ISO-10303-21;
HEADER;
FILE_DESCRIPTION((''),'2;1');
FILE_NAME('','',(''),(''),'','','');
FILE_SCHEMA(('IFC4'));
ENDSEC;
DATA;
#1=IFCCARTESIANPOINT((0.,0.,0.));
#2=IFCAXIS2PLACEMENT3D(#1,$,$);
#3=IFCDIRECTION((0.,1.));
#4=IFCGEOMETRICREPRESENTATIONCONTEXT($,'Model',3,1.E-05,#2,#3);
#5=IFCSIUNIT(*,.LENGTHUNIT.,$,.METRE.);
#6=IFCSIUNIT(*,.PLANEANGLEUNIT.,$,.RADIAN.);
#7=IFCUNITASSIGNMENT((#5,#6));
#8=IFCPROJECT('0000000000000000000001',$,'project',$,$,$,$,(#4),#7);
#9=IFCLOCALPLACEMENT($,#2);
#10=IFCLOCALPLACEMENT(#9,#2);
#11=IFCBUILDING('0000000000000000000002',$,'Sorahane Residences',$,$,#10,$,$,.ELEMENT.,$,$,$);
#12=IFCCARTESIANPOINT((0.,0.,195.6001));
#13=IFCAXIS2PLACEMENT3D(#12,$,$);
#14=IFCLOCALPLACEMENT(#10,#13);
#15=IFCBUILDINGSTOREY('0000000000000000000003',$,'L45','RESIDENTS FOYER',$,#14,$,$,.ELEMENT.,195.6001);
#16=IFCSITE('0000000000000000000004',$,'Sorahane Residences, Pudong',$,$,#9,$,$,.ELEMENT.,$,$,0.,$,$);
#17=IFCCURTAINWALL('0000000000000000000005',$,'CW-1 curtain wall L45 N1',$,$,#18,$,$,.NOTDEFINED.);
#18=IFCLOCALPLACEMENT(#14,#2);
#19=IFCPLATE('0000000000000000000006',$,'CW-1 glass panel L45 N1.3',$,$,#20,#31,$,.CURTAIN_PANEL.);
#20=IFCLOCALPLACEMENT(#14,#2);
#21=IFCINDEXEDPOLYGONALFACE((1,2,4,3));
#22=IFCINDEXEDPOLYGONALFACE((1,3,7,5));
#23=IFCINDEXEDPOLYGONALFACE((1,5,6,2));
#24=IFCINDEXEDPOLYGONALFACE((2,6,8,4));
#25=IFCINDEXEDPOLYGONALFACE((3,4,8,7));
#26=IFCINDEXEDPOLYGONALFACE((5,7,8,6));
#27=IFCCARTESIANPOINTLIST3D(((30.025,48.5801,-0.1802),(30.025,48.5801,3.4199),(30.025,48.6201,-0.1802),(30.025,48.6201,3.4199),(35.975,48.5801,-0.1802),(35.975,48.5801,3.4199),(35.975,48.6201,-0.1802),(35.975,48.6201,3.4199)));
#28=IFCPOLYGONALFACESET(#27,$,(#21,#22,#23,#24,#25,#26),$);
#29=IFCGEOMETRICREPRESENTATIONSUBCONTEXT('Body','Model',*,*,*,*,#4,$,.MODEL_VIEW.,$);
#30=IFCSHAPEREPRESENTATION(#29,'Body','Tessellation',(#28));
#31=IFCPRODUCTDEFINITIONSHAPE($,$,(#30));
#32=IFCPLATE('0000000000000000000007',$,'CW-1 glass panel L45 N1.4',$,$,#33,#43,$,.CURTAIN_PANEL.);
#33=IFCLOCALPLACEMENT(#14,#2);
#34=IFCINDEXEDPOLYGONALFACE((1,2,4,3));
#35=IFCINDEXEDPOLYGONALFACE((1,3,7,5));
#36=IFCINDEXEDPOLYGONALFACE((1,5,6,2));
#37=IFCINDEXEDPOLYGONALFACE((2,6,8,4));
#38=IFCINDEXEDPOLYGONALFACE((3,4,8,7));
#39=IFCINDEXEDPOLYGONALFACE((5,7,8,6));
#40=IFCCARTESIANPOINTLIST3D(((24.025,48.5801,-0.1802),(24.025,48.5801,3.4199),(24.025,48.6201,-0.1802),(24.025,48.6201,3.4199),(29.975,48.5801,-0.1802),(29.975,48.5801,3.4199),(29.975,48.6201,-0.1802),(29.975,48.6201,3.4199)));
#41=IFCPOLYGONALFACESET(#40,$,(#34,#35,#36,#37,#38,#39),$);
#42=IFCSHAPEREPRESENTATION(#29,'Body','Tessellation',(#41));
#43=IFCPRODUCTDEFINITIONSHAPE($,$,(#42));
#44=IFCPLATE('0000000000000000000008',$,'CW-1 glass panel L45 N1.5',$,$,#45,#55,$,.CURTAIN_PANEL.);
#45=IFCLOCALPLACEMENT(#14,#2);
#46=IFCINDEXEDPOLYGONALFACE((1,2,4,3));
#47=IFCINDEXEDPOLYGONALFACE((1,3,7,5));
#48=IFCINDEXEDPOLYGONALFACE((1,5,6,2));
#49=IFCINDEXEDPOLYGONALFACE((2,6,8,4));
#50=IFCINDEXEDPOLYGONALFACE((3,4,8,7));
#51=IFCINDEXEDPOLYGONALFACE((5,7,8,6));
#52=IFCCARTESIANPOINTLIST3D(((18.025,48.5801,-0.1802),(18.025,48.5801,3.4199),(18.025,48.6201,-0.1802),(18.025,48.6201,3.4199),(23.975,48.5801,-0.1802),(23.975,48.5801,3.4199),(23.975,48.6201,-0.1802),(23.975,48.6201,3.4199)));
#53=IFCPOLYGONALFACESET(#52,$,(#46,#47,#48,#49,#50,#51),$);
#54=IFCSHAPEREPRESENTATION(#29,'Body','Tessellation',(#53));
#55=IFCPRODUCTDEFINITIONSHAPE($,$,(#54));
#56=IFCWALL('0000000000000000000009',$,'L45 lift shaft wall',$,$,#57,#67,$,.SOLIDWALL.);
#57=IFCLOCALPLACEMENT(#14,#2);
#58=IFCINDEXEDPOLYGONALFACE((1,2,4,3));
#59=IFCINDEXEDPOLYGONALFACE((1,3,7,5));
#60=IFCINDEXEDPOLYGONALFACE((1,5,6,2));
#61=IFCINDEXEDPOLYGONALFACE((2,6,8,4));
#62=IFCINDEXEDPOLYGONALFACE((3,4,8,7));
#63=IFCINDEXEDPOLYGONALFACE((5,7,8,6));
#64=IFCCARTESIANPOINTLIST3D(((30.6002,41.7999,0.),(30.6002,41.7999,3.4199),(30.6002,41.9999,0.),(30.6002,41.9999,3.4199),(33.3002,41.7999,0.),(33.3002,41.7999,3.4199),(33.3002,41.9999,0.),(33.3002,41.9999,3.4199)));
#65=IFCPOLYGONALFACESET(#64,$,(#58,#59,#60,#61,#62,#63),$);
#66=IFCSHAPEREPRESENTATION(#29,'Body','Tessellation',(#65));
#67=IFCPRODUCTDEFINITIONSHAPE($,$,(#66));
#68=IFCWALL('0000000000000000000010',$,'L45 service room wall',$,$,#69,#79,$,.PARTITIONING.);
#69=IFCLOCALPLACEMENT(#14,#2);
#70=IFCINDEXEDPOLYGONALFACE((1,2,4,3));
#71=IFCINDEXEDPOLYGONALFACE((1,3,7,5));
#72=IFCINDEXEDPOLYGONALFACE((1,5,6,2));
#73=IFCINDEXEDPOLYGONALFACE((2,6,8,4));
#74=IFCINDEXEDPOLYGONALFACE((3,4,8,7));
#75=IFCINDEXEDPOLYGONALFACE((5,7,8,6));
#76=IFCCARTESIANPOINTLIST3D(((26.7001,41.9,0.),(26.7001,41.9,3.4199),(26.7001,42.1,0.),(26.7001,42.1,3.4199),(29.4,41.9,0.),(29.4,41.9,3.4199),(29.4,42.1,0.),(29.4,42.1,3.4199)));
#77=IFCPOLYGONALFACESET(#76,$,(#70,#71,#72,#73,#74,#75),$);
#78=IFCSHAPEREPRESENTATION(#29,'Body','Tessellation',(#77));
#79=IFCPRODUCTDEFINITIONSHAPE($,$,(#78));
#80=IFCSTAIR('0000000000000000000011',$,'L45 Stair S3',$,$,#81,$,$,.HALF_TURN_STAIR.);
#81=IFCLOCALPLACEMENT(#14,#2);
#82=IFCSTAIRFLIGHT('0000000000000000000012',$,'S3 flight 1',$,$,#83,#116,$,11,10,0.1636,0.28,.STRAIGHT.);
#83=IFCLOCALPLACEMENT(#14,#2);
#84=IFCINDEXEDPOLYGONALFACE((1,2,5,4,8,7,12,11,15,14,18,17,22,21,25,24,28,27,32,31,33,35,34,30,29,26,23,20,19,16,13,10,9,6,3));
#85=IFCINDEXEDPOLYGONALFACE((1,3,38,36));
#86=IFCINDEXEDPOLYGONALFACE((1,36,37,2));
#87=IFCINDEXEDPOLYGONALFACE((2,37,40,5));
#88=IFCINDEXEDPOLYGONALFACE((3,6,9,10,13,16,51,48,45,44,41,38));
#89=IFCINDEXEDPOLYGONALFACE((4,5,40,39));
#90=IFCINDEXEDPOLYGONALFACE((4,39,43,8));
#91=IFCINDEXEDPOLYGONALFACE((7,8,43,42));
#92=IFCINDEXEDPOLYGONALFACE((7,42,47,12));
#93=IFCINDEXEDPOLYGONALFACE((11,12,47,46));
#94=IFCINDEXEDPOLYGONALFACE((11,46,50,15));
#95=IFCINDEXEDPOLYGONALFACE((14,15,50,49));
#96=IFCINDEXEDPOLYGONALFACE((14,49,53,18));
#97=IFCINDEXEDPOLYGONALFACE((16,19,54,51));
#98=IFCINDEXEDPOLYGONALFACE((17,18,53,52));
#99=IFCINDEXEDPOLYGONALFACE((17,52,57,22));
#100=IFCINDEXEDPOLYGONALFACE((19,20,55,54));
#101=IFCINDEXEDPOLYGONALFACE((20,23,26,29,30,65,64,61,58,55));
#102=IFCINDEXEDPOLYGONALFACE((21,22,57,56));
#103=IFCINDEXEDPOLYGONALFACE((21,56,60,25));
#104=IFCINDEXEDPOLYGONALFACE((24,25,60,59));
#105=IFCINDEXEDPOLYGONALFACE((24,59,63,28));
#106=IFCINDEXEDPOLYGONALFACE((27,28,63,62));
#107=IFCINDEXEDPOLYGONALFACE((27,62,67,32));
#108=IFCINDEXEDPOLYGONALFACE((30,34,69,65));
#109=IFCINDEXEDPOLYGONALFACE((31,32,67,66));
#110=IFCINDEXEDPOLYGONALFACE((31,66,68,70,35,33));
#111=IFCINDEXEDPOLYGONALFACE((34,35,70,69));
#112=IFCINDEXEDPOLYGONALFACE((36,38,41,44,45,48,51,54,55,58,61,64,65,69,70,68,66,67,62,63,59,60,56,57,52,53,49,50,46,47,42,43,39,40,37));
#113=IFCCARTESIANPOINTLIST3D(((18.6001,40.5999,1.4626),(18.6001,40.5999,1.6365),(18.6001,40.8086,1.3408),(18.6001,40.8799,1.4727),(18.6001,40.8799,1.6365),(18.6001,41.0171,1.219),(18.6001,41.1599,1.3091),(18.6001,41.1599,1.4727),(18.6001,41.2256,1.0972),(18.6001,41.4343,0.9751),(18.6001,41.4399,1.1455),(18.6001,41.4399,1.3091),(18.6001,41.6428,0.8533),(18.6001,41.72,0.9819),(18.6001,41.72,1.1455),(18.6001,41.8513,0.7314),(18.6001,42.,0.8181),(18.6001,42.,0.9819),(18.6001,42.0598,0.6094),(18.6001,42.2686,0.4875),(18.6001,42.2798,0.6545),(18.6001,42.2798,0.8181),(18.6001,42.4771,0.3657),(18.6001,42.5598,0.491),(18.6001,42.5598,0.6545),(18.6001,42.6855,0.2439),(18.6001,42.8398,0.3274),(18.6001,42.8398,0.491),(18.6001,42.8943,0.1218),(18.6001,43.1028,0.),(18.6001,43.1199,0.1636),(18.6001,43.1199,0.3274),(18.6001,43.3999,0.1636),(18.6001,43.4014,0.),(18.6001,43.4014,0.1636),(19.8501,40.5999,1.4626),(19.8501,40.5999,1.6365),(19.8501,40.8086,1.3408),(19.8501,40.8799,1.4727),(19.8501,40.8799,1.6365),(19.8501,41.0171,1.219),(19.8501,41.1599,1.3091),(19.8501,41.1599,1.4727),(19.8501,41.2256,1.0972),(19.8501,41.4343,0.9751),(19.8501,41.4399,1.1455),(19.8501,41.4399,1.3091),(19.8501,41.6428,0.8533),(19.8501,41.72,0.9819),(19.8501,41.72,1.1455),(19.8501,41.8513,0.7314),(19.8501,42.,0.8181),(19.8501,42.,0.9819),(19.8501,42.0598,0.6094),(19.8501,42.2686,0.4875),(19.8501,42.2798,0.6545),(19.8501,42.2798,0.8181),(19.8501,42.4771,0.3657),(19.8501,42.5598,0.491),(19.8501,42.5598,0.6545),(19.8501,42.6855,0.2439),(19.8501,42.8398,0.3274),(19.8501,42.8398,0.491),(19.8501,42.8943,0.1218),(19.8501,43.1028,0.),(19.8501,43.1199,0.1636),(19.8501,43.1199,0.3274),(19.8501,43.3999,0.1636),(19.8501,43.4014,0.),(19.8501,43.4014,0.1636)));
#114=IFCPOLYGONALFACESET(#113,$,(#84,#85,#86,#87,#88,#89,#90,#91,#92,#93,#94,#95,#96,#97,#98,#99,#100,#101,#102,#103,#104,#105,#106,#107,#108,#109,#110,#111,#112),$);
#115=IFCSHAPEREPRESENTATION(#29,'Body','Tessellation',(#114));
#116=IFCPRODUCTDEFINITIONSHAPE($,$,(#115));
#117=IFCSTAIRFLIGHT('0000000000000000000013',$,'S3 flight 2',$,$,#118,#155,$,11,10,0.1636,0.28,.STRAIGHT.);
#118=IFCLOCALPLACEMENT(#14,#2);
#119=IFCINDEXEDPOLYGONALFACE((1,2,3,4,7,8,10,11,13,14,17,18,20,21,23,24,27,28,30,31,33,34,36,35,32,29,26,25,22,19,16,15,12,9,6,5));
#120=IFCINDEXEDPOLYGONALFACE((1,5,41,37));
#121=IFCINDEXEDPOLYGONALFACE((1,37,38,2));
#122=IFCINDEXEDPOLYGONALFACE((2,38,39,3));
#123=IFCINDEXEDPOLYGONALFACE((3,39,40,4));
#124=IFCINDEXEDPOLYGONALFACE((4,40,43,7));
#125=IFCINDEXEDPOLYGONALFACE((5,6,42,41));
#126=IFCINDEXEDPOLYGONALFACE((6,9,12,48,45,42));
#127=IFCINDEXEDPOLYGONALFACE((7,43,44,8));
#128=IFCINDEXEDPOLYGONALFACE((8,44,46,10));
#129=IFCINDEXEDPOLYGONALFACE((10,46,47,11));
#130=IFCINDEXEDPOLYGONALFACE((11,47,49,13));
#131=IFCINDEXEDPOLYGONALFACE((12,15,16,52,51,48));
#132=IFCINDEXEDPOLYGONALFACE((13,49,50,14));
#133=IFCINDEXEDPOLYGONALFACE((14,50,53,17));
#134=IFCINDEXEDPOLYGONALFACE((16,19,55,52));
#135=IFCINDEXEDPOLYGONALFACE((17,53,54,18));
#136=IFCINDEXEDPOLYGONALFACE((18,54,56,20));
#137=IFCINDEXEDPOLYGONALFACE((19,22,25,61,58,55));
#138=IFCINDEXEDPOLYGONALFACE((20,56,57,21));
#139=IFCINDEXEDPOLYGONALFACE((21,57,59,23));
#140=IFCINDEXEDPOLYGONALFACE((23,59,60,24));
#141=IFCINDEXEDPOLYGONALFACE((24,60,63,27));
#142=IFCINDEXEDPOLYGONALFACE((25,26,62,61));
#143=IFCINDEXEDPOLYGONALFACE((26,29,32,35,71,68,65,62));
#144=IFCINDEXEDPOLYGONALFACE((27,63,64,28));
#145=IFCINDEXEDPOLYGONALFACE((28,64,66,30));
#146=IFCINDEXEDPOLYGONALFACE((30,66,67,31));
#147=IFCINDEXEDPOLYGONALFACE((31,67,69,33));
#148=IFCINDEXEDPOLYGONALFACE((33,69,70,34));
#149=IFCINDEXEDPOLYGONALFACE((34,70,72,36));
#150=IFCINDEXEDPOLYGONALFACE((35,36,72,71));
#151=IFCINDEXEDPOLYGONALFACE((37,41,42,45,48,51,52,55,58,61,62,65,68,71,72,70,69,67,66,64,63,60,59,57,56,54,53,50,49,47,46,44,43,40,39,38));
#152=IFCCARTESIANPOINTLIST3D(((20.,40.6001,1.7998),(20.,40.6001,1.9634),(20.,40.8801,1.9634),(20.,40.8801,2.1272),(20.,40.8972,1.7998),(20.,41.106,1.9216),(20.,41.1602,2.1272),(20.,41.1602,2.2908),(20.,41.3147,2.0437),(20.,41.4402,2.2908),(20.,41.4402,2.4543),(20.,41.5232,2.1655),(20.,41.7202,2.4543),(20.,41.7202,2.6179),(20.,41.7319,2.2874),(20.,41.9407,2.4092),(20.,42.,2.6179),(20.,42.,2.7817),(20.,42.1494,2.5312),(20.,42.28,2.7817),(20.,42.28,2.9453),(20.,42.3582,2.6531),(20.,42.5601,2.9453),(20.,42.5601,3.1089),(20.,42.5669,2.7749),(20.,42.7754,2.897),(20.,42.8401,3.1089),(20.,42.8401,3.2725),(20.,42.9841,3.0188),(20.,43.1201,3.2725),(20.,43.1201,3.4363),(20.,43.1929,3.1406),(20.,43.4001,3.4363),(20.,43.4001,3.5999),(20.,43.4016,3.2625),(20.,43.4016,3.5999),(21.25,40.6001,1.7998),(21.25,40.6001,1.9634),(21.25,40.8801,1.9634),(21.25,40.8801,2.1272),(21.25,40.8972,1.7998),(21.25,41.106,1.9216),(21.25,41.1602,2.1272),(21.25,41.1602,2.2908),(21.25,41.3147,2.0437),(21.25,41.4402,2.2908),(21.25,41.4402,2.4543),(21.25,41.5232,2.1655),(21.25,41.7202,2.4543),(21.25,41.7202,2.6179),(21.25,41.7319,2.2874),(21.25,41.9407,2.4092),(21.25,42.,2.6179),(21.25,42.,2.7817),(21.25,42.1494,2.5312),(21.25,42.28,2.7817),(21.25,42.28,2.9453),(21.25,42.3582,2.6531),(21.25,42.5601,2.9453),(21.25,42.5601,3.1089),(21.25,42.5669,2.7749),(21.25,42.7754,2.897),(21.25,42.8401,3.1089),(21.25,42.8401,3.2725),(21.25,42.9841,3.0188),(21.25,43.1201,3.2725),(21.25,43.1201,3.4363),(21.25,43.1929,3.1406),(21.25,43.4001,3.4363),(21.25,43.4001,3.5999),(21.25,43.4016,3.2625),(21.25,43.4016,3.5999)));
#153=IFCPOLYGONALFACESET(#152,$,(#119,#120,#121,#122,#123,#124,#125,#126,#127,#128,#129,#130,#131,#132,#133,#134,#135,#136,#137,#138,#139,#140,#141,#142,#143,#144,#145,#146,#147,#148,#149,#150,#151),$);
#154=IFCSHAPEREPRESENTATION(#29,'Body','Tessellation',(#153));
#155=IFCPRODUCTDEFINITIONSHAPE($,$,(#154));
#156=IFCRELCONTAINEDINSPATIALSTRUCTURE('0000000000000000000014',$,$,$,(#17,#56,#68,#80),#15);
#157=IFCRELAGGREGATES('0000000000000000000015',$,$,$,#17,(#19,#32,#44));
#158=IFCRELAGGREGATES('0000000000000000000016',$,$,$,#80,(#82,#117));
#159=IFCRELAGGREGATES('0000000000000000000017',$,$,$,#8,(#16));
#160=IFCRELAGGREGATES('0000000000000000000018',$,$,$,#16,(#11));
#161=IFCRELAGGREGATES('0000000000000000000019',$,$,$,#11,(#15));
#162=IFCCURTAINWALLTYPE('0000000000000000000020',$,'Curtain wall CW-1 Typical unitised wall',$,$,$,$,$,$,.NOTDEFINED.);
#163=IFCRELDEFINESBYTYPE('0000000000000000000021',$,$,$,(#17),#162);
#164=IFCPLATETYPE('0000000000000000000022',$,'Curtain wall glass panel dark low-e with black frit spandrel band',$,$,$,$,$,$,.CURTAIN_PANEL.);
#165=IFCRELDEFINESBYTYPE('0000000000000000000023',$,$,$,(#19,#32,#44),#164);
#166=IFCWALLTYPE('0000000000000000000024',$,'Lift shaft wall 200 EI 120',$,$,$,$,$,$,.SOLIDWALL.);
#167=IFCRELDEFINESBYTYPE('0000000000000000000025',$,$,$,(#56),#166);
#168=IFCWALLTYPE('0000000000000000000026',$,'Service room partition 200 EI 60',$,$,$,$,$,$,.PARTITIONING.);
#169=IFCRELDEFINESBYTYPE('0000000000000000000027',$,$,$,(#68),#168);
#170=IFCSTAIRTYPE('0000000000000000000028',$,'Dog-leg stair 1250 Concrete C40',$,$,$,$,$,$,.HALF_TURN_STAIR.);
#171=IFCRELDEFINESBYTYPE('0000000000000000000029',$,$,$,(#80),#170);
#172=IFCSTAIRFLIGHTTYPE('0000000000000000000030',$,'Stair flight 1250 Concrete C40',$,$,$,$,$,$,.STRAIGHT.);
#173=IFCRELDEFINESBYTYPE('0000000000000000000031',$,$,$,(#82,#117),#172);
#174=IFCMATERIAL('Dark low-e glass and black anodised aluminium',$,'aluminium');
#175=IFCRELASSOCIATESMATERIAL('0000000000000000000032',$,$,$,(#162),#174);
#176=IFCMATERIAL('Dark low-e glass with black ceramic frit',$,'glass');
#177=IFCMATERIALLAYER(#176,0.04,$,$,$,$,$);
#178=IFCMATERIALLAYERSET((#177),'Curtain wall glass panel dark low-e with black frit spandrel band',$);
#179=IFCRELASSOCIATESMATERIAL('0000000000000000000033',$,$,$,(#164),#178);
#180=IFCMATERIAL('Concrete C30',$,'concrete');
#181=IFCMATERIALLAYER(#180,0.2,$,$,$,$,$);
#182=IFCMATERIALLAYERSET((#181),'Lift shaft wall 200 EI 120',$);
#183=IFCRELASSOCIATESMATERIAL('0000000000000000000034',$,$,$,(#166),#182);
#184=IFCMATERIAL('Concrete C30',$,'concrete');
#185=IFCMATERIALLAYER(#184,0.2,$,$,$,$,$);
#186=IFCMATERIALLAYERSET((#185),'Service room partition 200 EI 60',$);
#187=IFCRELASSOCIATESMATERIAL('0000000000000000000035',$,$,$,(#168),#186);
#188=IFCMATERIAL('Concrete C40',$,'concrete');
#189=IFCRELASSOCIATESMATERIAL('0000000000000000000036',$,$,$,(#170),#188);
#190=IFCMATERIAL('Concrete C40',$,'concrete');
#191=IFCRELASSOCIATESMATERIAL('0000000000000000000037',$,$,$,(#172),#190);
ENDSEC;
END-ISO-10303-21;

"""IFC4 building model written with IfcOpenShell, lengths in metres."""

from ifc_helpers import new_model, si_unit, direction, frame, frame_2d, origin, origin_2d, place, context, subcontext, project, spatial, polyline, rectangle, outline, extrude, material, layer, layer_set, type_object, element, aggregate, save


model = new_model("IFC4")

# Units and contexts
model_context = context("Model", 3, precision=1e-05, world=origin(), true_north=direction((0.0, 1.0)))
body_context = subcontext(model_context, "Body", "Model", "MODEL_VIEW")
ifc_project = project(units=[si_unit("LENGTHUNIT", "METRE"), si_unit("PLANEANGLEUNIT", "RADIAN")], contexts=[model_context])

# Site, building, storey
site_placement = place(None, origin())
site = spatial("IfcSite", under=ifc_project, at=site_placement, Name="Sorahane Residences, Pudong", CompositionType="ELEMENT", RefElevation=0.0)
building_placement = place(site_placement, origin())
building = spatial("IfcBuilding", under=site, at=building_placement, Name="Sorahane Residences", CompositionType="ELEMENT")
storey_placement = place(building_placement, frame((0.0, 0.0, 195.6001)))
storey = spatial("IfcBuildingStorey", under=building, at=storey_placement, Name="L45", Description="RESIDENTS FOYER", CompositionType="ELEMENT", Elevation=195.6001)

# Curtain wall
ifc_material_1 = material(Name="Dark low-e glass and black anodised aluminium", Category="aluminium")
curtain_wall_type = type_object("IfcCurtainWallType", Name="Curtain wall CW-1 Typical unitised wall", PredefinedType="NOTDEFINED", material=ifc_material_1)
curtain_wall_placement = place(storey_placement, origin())
curtain_wall = element("IfcCurtainWall", 1, at=curtain_wall_placement, inside=storey, type_object=curtain_wall_type, Name="CW-1 curtain wall L45 N1", PredefinedType="NOTDEFINED")

# Plates
ifc_material_2 = material(Name="Dark low-e glass with black ceramic frit", Category="glass")
ifc_layer_1 = layer(ifc_material_2, 0.04)
ifc_layer_set_1 = layer_set([ifc_layer_1], Name="Curtain wall glass panel dark low-e with black frit spandrel band")
plate_type = type_object("IfcPlateType", Name="Curtain wall glass panel dark low-e with black frit spandrel band", PredefinedType="CURTAIN_PANEL", material=ifc_layer_set_1)
plate_1_placement = place(storey_placement, frame((33.0, 48.6001, -0.1802), z_axis=(0.0, 0.0, 1.0), x_axis=(-1.0, 0.0, 0.0)))
plate_1 = element("IfcPlate", 2, at=plate_1_placement, type_object=plate_type, Name="CW-1 glass panel L45 N1.3", PredefinedType="CURTAIN_PANEL", context=body_context, shape_type="SweptSolid", body=[
    extrude(rectangle(XDim=5.95, YDim=0.04, at=origin_2d()), origin(), (0.0, 0.0, 1.0), 3.6001),
])
plate_2_placement = place(storey_placement, frame((27.0, 48.6001, -0.1802), z_axis=(0.0, 0.0, 1.0), x_axis=(-1.0, 0.0, 0.0)))
plate_2 = element("IfcPlate", 3, at=plate_2_placement, type_object=plate_type, Name="CW-1 glass panel L45 N1.4", PredefinedType="CURTAIN_PANEL", context=body_context, shape_type="SweptSolid", body=[
    extrude(rectangle(XDim=5.95, YDim=0.04, at=origin_2d()), origin(), (0.0, 0.0, 1.0), 3.6001),
])
plate_3_placement = place(storey_placement, frame((21.0, 48.6001, -0.1802), z_axis=(0.0, 0.0, 1.0), x_axis=(-1.0, 0.0, 0.0)))
plate_3 = element("IfcPlate", 4, at=plate_3_placement, type_object=plate_type, Name="CW-1 glass panel L45 N1.5", PredefinedType="CURTAIN_PANEL", context=body_context, shape_type="SweptSolid", body=[
    extrude(rectangle(XDim=5.95, YDim=0.04, at=origin_2d()), origin(), (0.0, 0.0, 1.0), 3.6001),
])
aggregate(curtain_wall, [plate_1, plate_2, plate_3])

# Walls
ifc_material_3 = material(Name="Concrete C30", Category="concrete")
ifc_layer_2 = layer(ifc_material_3, 0.2)
ifc_layer_set_2 = layer_set([ifc_layer_2], Name="Lift shaft wall 200 EI 120")
wall_type_1 = type_object("IfcWallType", Name="Lift shaft wall 200 EI 120", PredefinedType="SOLIDWALL", material=ifc_layer_set_2)
wall_1_placement = place(storey_placement, frame((30.6001, 41.8999, 0.0), z_axis=(0.0, 0.0, 1.0), x_axis=(1.0, 0.0, 0.0)))
element("IfcWall", 5, at=wall_1_placement, inside=storey, type_object=wall_type_1, Name="L45 lift shaft wall", PredefinedType="SOLIDWALL", context=body_context, shape_type="SweptSolid", body=[
    extrude(rectangle(XDim=2.7, YDim=0.2, at=frame_2d((1.3501, 0.0))), origin(), (0.0, 0.0, 1.0), 3.4199),
])
ifc_material_4 = material(Name="Concrete C30", Category="concrete")
ifc_layer_3 = layer(ifc_material_4, 0.2)
ifc_layer_set_3 = layer_set([ifc_layer_3], Name="Service room partition 200 EI 60")
wall_type_2 = type_object("IfcWallType", Name="Service room partition 200 EI 60", PredefinedType="PARTITIONING", material=ifc_layer_set_3)
wall_2_placement = place(storey_placement, frame((26.7, 42.0, 0.0), z_axis=(0.0, 0.0, 1.0), x_axis=(1.0, 0.0, 0.0)))
element("IfcWall", 6, at=wall_2_placement, inside=storey, type_object=wall_type_2, Name="L45 service room wall", PredefinedType="PARTITIONING", context=body_context, shape_type="SweptSolid", body=[
    extrude(rectangle(XDim=2.7, YDim=0.2, at=frame_2d((1.3501, 0.0))), origin(), (0.0, 0.0, 1.0), 3.4199),
])

# Stair, stair flights
ifc_material_5 = material(Name="Concrete C40", Category="concrete")
stair_type = type_object("IfcStairType", Name="Dog-leg stair 1250 Concrete C40", PredefinedType="HALF_TURN_STAIR", material=ifc_material_5)
stair_placement = place(storey_placement, origin())
stair = element("IfcStair", 7, at=stair_placement, inside=storey, type_object=stair_type, Name="L45 Stair S3", PredefinedType="HALF_TURN_STAIR")
ifc_material_6 = material(Name="Concrete C40", Category="concrete")
stair_flight_type = type_object("IfcStairFlightType", Name="Stair flight 1250 Concrete C40", PredefinedType="STRAIGHT", material=ifc_material_6)
stair_flight_1_placement = place(storey_placement, frame((19.2251, 43.3999, 0.0), z_axis=(0.0, 0.0, 1.0), x_axis=(0.0, -1.0, 0.0)))
stair_flight_1 = element("IfcStairFlight", 8, at=stair_flight_1_placement, type_object=stair_flight_type, Name="S3 flight 1", NumberOfRisers=11, NumberOfTreads=10, PredefinedType="STRAIGHT", RiserHeight=0.1636, TreadLength=0.28, context=body_context, shape_type="SweptSolid", body=[
    extrude(outline(polyline([(-0.0015, 0.0), (-0.0015, 0.1636), (0.0, 0.1636), (0.28, 0.1636), (0.28, 0.3274), (0.5601, 0.3274), (0.5601, 0.491), (0.8401, 0.491), (0.8401, 0.6545), (1.1201, 0.6545), (1.1201, 0.8181), (1.3999, 0.8181), (1.3999, 0.9819), (1.6799, 0.9819), (1.6799, 1.1455), (1.96, 1.1455), (1.96, 1.3091), (2.24, 1.3091), (2.24, 1.4727), (2.52, 1.4727), (2.52, 1.6365), (2.8, 1.6365), (2.8, 1.8), (2.8, 1.4626), (2.5913, 1.3408), (2.3828, 1.219), (2.1743, 1.0972), (1.9656, 0.9751), (1.7571, 0.8533), (1.5486, 0.7314), (1.3401, 0.6094), (1.1313, 0.4875), (0.9229, 0.3657), (0.7144, 0.2439), (0.5056, 0.1218), (0.2971, 0.0), (-0.0015, 0.0)])), frame((0.0, 0.625, 0.0), z_axis=(0.0, -1.0, 0.0), x_axis=(1.0, 0.0, 0.0)), (0.0, 0.0, 1.0), 1.25),
])
stair_flight_2_placement = place(storey_placement, frame((20.625, 40.6001, 1.7998), z_axis=(0.0, 0.0, 1.0), x_axis=(0.0, 1.0, 0.0)))
stair_flight_2 = element("IfcStairFlight", 9, at=stair_flight_2_placement, type_object=stair_flight_type, Name="S3 flight 2", NumberOfRisers=11, NumberOfTreads=10, PredefinedType="STRAIGHT", RiserHeight=0.1636, TreadLength=0.28, context=body_context, shape_type="SweptSolid", body=[
    extrude(outline(polyline([(0.0, 0.0), (0.0, 0.1636), (0.28, 0.1636), (0.28, 0.3274), (0.5601, 0.3274), (0.5601, 0.491), (0.8401, 0.491), (0.8401, 0.6545), (1.1201, 0.6545), (1.1201, 0.8181), (1.3999, 0.8181), (1.3999, 0.9819), (1.6799, 0.9819), (1.6799, 1.1455), (1.96, 1.1455), (1.96, 1.3091), (2.24, 1.3091), (2.24, 1.4727), (2.52, 1.4727), (2.52, 1.6365), (2.8, 1.6365), (2.8, 1.8), (2.8015, 1.8), (2.8015, 1.4626), (2.5928, 1.3408), (2.384, 1.219), (2.1753, 1.0972), (1.9668, 0.9751), (1.7581, 0.8533), (1.5493, 0.7314), (1.3406, 0.6094), (1.1318, 0.4875), (0.9231, 0.3657), (0.7146, 0.2439), (0.5059, 0.1218), (0.2971, 0.0), (0.0, 0.0)])), frame((0.0, 0.625, 0.0), z_axis=(0.0, -1.0, 0.0), x_axis=(1.0, 0.0, 0.0)), (0.0, 0.0, 1.0), 1.25),
])
aggregate(stair, [stair_flight_1, stair_flight_2])

save(model, "model.ifc")
